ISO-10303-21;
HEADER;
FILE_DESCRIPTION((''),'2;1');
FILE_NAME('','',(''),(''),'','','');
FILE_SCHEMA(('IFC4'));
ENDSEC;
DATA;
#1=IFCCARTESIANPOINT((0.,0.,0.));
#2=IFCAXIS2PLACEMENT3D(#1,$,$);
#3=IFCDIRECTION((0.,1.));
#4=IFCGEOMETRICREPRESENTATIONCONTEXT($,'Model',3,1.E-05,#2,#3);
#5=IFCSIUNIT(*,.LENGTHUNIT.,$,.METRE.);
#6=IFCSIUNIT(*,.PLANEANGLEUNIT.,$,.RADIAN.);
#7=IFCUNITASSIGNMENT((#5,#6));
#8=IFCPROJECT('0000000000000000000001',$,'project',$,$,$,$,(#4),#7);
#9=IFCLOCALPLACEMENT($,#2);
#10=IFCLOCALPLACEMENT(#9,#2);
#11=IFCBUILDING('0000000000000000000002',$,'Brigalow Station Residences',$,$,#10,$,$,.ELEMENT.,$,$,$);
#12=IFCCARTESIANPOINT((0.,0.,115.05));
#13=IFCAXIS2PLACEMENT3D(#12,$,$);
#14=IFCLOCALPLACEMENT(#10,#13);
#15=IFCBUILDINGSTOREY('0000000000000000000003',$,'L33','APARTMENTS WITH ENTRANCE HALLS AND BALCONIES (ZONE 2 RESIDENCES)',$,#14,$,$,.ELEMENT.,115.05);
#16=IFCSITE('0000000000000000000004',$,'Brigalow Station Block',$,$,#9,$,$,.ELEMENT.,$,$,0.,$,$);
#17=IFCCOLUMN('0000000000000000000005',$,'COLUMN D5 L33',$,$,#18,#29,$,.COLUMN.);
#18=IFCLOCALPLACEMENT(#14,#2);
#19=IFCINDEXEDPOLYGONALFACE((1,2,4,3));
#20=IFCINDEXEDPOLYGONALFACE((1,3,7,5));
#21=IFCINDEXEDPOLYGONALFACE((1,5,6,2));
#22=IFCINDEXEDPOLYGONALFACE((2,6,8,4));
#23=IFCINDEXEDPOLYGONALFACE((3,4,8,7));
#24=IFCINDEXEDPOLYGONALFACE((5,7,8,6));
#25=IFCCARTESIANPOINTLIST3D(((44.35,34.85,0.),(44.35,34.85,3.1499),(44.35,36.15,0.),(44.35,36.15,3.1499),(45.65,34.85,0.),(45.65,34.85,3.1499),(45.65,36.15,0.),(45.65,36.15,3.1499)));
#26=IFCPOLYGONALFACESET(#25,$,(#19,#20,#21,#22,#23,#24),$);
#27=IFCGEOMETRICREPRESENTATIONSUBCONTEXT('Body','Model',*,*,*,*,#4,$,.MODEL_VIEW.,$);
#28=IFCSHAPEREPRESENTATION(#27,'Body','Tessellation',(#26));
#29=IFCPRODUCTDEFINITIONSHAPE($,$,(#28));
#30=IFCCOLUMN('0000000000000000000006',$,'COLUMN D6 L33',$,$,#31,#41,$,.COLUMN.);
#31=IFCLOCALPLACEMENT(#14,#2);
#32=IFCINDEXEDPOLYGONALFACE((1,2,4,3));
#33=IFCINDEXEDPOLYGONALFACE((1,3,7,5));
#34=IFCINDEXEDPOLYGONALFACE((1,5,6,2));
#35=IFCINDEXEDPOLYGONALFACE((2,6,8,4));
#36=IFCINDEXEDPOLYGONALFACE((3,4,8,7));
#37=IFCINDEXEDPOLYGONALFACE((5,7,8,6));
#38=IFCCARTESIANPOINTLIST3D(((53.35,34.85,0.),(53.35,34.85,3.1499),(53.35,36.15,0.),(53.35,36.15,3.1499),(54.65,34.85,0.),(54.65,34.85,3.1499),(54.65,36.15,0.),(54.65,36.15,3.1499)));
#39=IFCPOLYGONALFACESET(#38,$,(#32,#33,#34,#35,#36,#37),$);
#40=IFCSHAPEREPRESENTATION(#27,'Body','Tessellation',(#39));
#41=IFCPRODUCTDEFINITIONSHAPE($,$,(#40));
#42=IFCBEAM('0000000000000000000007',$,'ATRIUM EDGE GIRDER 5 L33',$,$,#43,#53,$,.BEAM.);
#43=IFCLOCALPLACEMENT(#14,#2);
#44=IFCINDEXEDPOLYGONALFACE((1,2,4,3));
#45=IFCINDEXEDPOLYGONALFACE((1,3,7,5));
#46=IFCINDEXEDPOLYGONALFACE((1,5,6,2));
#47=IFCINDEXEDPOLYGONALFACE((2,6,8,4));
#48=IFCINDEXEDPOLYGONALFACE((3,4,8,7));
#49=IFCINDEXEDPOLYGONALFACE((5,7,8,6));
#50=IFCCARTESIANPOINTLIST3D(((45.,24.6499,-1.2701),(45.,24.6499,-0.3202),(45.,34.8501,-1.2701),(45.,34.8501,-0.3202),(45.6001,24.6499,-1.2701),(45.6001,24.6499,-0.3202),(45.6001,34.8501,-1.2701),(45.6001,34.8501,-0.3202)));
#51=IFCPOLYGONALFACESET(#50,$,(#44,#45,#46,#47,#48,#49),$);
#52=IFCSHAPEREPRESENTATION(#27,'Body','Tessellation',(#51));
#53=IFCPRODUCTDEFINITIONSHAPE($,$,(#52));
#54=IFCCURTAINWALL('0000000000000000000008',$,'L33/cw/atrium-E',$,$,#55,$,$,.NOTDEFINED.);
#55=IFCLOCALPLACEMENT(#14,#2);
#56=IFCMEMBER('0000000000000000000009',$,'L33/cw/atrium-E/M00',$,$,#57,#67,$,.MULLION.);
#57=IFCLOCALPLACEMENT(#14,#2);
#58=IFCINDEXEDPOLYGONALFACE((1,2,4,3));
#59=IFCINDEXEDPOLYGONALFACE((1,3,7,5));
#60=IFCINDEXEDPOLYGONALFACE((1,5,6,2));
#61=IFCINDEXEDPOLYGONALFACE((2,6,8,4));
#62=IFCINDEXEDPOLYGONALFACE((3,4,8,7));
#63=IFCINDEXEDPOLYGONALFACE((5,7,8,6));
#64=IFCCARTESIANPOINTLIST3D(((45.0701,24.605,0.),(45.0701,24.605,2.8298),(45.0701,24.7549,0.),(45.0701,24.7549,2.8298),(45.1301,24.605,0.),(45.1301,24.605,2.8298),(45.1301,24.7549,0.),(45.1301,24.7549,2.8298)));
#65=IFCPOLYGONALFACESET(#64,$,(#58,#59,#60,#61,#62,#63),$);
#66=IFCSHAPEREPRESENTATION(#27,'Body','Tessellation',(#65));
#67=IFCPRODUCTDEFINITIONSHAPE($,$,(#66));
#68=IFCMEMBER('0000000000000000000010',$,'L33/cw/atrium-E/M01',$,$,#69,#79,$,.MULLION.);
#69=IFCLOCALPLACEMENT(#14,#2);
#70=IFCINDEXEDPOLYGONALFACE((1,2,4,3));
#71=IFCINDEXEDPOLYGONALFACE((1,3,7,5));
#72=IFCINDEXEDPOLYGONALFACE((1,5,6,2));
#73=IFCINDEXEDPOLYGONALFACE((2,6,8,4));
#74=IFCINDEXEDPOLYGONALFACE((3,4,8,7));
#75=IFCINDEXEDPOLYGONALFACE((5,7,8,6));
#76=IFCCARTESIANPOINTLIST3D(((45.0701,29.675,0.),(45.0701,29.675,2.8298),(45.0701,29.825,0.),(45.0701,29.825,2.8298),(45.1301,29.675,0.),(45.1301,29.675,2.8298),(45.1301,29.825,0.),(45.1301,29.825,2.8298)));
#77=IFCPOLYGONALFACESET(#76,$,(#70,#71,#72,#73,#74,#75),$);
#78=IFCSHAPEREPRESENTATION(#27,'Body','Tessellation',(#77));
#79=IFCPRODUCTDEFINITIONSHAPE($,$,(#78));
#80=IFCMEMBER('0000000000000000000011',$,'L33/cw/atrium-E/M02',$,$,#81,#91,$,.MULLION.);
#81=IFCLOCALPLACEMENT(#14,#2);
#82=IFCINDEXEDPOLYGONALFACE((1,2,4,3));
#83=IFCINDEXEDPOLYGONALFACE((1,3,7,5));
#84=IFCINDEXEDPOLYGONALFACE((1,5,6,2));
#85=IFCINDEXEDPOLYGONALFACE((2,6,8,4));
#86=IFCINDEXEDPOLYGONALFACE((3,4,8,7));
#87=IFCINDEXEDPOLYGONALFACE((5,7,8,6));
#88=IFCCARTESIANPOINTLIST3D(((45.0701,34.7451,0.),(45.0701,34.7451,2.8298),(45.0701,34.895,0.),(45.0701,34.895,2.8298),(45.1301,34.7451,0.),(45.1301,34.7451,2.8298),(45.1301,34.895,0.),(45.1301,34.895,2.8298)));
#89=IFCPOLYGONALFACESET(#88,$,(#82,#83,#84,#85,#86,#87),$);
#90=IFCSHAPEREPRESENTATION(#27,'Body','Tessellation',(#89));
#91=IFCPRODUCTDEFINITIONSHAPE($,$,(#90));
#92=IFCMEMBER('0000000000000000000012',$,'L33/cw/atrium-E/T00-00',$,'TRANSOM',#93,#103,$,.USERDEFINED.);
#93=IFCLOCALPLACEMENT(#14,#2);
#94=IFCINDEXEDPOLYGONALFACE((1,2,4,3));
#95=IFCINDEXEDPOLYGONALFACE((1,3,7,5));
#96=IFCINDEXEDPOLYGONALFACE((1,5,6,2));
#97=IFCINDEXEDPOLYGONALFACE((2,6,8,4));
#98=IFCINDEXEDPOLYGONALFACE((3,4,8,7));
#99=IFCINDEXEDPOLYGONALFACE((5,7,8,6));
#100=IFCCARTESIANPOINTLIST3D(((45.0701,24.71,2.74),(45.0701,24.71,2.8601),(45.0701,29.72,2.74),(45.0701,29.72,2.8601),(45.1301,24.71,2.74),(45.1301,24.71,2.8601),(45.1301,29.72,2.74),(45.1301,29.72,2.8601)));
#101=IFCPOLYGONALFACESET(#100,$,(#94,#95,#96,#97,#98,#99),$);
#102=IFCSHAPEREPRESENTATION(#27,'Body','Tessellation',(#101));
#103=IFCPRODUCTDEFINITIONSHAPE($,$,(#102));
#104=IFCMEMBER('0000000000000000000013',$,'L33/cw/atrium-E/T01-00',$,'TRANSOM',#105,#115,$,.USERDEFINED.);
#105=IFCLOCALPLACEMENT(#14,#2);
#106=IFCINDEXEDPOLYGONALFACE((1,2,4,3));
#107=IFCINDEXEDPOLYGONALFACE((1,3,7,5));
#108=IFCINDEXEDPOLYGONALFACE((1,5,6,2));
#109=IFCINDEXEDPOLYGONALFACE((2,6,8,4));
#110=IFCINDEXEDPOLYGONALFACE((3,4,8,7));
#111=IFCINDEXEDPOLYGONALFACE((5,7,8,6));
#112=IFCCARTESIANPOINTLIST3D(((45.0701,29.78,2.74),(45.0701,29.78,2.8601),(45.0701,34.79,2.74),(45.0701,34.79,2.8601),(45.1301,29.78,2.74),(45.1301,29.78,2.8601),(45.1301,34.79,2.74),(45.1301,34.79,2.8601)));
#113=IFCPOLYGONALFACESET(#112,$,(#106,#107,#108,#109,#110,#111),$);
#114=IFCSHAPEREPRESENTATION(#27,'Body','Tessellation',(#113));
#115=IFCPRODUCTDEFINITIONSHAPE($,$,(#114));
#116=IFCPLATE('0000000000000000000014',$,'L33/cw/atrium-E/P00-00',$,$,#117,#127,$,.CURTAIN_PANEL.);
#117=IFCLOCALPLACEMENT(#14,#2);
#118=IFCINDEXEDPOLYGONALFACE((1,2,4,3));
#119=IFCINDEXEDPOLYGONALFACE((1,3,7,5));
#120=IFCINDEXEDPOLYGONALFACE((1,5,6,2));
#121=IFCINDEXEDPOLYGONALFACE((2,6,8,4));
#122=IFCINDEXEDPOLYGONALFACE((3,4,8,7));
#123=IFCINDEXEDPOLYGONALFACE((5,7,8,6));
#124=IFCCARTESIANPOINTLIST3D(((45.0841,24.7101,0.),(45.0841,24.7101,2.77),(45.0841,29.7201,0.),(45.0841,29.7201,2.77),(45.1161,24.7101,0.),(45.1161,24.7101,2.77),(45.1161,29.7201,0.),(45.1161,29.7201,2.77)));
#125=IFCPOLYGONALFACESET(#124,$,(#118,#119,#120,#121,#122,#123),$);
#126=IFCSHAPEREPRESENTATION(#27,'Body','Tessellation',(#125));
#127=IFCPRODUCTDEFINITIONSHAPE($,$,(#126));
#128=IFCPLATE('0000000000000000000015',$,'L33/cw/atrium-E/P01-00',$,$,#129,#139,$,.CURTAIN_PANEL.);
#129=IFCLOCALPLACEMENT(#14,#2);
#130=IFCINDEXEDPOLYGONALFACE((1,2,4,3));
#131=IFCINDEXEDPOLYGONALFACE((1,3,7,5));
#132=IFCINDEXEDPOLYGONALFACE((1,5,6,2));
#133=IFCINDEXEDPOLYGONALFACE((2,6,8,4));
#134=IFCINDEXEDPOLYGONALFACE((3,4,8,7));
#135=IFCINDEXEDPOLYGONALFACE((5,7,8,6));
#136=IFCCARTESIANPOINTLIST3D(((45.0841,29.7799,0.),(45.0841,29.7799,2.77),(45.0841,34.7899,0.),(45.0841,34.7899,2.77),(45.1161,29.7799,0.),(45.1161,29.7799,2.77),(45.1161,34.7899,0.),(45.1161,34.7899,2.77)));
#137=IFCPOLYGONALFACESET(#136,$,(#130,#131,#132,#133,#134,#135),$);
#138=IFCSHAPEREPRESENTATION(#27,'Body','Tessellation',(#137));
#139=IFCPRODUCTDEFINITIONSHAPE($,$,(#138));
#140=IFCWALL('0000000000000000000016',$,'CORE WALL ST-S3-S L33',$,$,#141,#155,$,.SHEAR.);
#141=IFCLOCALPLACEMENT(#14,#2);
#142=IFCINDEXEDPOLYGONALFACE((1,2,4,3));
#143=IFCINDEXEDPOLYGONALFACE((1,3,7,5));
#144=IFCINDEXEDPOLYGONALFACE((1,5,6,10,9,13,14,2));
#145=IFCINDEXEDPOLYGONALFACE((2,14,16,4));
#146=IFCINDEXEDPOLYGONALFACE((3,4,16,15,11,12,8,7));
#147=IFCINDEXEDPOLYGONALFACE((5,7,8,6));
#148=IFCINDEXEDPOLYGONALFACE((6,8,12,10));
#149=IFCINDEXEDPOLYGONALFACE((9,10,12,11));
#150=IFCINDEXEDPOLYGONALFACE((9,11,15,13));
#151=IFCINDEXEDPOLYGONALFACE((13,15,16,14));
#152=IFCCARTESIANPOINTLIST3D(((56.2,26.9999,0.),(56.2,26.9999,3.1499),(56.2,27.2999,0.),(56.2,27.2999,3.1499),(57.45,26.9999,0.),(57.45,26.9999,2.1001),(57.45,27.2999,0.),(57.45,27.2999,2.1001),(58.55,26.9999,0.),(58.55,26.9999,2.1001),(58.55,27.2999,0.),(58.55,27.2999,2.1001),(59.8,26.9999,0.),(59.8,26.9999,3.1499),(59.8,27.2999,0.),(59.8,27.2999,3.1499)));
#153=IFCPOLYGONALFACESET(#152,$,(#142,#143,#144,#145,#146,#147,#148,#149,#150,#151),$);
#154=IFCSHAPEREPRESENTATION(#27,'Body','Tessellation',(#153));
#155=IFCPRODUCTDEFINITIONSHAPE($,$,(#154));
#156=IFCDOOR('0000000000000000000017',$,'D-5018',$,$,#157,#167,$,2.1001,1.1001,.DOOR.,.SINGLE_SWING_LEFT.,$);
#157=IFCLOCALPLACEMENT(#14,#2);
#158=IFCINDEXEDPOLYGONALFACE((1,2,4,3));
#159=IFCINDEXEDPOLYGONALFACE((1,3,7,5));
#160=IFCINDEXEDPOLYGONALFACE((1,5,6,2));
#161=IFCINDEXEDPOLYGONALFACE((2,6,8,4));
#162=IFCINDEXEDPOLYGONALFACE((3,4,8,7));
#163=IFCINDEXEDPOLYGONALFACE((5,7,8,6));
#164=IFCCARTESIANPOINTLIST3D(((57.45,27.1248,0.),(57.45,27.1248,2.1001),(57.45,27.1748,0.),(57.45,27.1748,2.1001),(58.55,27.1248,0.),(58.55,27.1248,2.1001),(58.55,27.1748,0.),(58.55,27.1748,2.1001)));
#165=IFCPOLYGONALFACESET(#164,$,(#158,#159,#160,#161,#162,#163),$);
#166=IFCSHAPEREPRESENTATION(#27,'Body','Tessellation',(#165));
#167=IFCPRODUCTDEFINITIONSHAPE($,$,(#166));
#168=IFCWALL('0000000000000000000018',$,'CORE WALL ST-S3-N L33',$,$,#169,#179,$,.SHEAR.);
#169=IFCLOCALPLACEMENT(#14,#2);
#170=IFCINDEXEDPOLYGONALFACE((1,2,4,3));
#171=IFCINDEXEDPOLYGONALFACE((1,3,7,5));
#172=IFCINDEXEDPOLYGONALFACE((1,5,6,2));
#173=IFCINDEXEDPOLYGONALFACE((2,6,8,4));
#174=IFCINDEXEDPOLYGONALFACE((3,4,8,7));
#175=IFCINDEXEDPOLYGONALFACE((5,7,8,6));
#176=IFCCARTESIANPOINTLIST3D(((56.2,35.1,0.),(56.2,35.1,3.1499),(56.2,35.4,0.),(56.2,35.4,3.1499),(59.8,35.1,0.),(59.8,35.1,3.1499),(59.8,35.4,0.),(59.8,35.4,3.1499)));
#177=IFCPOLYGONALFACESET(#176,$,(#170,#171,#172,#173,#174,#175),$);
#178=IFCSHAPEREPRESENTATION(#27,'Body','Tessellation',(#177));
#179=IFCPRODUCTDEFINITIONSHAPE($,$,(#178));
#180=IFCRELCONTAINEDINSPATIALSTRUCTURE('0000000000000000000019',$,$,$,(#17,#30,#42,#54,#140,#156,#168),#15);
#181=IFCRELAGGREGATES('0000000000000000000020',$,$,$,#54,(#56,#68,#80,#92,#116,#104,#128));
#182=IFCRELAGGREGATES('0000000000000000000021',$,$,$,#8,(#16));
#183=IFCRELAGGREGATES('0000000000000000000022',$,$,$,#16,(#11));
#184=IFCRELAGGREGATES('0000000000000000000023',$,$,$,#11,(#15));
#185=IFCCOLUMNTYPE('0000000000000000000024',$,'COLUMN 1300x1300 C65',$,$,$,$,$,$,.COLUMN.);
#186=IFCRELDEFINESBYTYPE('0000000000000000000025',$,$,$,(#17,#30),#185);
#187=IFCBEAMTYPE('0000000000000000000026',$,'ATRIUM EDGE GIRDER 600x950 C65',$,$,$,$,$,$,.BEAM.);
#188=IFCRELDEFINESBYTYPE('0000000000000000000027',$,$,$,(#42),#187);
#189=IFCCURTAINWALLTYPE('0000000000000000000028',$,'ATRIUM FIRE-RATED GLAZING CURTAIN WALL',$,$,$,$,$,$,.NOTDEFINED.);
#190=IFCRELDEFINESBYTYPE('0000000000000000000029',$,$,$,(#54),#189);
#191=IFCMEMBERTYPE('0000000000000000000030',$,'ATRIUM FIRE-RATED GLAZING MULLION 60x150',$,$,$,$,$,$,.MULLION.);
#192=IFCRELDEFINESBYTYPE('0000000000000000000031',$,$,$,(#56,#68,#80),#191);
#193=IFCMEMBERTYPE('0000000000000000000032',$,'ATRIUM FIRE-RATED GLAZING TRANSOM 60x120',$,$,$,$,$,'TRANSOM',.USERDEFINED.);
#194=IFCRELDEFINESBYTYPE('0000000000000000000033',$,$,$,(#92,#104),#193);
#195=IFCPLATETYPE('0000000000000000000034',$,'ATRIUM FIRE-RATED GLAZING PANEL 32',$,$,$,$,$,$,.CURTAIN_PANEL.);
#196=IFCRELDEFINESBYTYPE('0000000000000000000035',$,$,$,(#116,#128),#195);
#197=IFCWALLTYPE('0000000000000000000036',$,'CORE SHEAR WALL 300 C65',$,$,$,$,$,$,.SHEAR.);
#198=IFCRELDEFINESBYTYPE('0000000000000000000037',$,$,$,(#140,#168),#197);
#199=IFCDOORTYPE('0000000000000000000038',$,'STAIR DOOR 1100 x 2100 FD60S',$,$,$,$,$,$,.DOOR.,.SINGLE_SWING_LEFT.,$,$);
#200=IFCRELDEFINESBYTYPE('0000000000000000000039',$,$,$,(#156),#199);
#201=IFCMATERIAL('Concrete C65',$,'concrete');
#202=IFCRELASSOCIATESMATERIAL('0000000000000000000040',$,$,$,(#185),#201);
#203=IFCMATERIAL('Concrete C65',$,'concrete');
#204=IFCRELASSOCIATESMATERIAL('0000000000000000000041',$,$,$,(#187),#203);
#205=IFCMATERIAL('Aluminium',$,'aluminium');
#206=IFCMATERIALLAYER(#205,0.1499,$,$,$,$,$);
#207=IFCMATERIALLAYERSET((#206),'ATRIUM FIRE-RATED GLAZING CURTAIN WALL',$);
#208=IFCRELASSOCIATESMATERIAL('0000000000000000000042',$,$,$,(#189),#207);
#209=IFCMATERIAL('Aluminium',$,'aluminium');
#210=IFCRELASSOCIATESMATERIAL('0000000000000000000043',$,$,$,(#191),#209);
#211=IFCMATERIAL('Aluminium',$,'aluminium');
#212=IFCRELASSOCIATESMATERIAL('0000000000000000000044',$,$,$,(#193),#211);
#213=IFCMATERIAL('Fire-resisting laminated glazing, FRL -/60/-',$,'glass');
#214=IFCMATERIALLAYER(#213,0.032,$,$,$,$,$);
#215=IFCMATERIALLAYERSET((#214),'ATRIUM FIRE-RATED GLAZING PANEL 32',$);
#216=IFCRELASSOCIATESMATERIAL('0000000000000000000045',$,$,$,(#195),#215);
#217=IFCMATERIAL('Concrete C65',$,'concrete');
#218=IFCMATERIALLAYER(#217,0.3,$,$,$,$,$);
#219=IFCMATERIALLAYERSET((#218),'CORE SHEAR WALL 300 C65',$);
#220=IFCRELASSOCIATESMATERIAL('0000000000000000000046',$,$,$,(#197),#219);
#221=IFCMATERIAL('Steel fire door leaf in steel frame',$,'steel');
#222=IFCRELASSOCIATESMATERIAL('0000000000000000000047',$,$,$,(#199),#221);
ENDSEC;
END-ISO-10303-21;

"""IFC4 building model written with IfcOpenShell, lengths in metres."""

from ifc_helpers import new_model, si_unit, direction, frame, frame_2d, origin, origin_2d, place, context, subcontext, project, spatial, rectangle, extrude, material, layer, layer_set, material_profile, profile_set, type_object, element, fill, aggregate, save


model = new_model("IFC4")

# Units and contexts
model_context = context("Model", 3, precision=1e-05, world=origin(), true_north=direction((0.0, 1.0)))
body_context = subcontext(model_context, "Body", "Model", "MODEL_VIEW")
ifc_project = project(units=[si_unit("LENGTHUNIT", "METRE"), si_unit("PLANEANGLEUNIT", "RADIAN")], contexts=[model_context])

# Site, building, storey
site_placement = place(None, origin())
site = spatial("IfcSite", under=ifc_project, at=site_placement, Name="Brigalow Station Block", CompositionType="ELEMENT", RefElevation=0.0)
building_placement = place(site_placement, origin())
building = spatial("IfcBuilding", under=site, at=building_placement, Name="Brigalow Station Residences", CompositionType="ELEMENT")
storey_placement = place(building_placement, frame((0.0, 0.0, 115.05)))
storey = spatial("IfcBuildingStorey", under=building, at=storey_placement, Name="L33", Description="APARTMENTS WITH ENTRANCE HALLS AND BALCONIES (ZONE 2 RESIDENCES)", CompositionType="ELEMENT", Elevation=115.05)

# Columns
ifc_material_1 = material(Name="Concrete C65", Category="concrete")
ifc_material_profile_1 = material_profile(ifc_material_1, rectangle(XDim=1.3, YDim=1.3, at=origin_2d()), Name="RC1300x1300")
ifc_profile_set_1 = profile_set([ifc_material_profile_1], Name="Concrete C65")
column_type = type_object("IfcColumnType", Name="COLUMN 1300x1300 C65", PredefinedType="COLUMN", material=ifc_profile_set_1)
for number, where, z_axis, x_axis, name in (
    (1, (45.0, 35.5, 0.0), (0.0, 0.0, 1.0), (1.0, 0.0, 0.0), "COLUMN D5 L33"),
    (2, (54.0, 35.5, 0.0), (0.0, 0.0, 1.0), (1.0, 0.0, 0.0), "COLUMN D6 L33"),
):
    element("IfcColumn", number, at=place(storey_placement, frame(where, z_axis=z_axis, x_axis=x_axis)), inside=storey, type_object=column_type, Name=name, PredefinedType="COLUMN", context=body_context, shape_type="SweptSolid", body=[
        extrude(rectangle(XDim=1.3, YDim=1.3, at=origin_2d()), origin(), (0.0, 0.0, 1.0), 3.1499),
    ])

# Beam
ifc_material_2 = material(Name="Concrete C65", Category="concrete")
ifc_material_profile_2 = material_profile(ifc_material_2, rectangle(XDim=0.6001, YDim=0.95, at=origin_2d()), Name="RC600x950")
ifc_profile_set_2 = profile_set([ifc_material_profile_2], Name="Concrete C65")
beam_type = type_object("IfcBeamType", Name="ATRIUM EDGE GIRDER 600x950 C65", PredefinedType="BEAM", material=ifc_profile_set_2)
beam_placement = place(storey_placement, frame((45.3, 24.6499, -0.7952), z_axis=(0.0, 1.0, 0.0), x_axis=(-1.0, 0.0, 0.0)))
element("IfcBeam", 3, at=beam_placement, inside=storey, type_object=beam_type, Name="ATRIUM EDGE GIRDER 5 L33", PredefinedType="BEAM", context=body_context, shape_type="SweptSolid", body=[
    extrude(rectangle(XDim=0.6001, YDim=0.95, at=origin_2d()), origin(), (0.0, 0.0, 1.0), 10.2002),
])

# Curtain wall, members, plates
ifc_material_3 = material(Name="Aluminium", Category="aluminium")
ifc_layer_1 = layer(ifc_material_3, 0.1499)
ifc_layer_set_1 = layer_set([ifc_layer_1], Name="ATRIUM FIRE-RATED GLAZING CURTAIN WALL")
curtain_wall_type = type_object("IfcCurtainWallType", Name="ATRIUM FIRE-RATED GLAZING CURTAIN WALL", PredefinedType="NOTDEFINED", material=ifc_layer_set_1)
curtain_wall_placement = place(storey_placement, origin())
curtain_wall = element("IfcCurtainWall", 4, at=curtain_wall_placement, inside=storey, type_object=curtain_wall_type, Name="L33/cw/atrium-E", PredefinedType="NOTDEFINED")
ifc_material_4 = material(Name="Aluminium", Category="aluminium")
ifc_material_profile_3 = material_profile(ifc_material_4, rectangle(XDim=0.0601, YDim=0.1499, at=origin_2d()), Name="ATRIUM FIRE-RATED GLAZING MULLION 60x150")
ifc_profile_set_3 = profile_set([ifc_material_profile_3], Name="Aluminium")
member_type_1 = type_object("IfcMemberType", Name="ATRIUM FIRE-RATED GLAZING MULLION 60x150", PredefinedType="MULLION", material=ifc_profile_set_3)
member_1_placement = place(storey_placement, frame((45.1001, 24.6799, 0.0), z_axis=(0.0, 0.0, 1.0), x_axis=(-1.0, 0.0, 0.0)))
member_1 = element("IfcMember", 5, at=member_1_placement, type_object=member_type_1, Name="L33/cw/atrium-E/M00", PredefinedType="MULLION", context=body_context, shape_type="SweptSolid", body=[
    extrude(rectangle(XDim=0.0601, YDim=0.1499, at=origin_2d()), origin(), (0.0, 0.0, 1.0), 2.8298),
])
member_2_placement = place(storey_placement, frame((45.1001, 29.75, 0.0), z_axis=(0.0, 0.0, 1.0), x_axis=(-1.0, 0.0, 0.0)))
member_2 = element("IfcMember", 6, at=member_2_placement, type_object=member_type_1, Name="L33/cw/atrium-E/M01", PredefinedType="MULLION", context=body_context, shape_type="SweptSolid", body=[
    extrude(rectangle(XDim=0.0601, YDim=0.1499, at=origin_2d()), origin(), (0.0, 0.0, 1.0), 2.8298),
])
member_3_placement = place(storey_placement, frame((45.1001, 34.8201, 0.0), z_axis=(0.0, 0.0, 1.0), x_axis=(-1.0, 0.0, 0.0)))
member_3 = element("IfcMember", 7, at=member_3_placement, type_object=member_type_1, Name="L33/cw/atrium-E/M02", PredefinedType="MULLION", context=body_context, shape_type="SweptSolid", body=[
    extrude(rectangle(XDim=0.0601, YDim=0.1499, at=origin_2d()), origin(), (0.0, 0.0, 1.0), 2.8298),
])
ifc_material_5 = material(Name="Aluminium", Category="aluminium")
ifc_material_profile_4 = material_profile(ifc_material_5, rectangle(XDim=0.0601, YDim=0.1201, at=origin_2d()), Name="ATRIUM FIRE-RATED GLAZING TRANSOM 60x120")
ifc_profile_set_4 = profile_set([ifc_material_profile_4], Name="Aluminium")
member_type_2 = type_object("IfcMemberType", Name="ATRIUM FIRE-RATED GLAZING TRANSOM 60x120", ElementType="TRANSOM", PredefinedType="USERDEFINED", material=ifc_profile_set_4)
member_4_placement = place(storey_placement, frame((45.1001, 24.71, 2.8), z_axis=(0.0, 1.0, 0.0), x_axis=(-1.0, 0.0, 0.0)))
member_4 = element("IfcMember", 8, at=member_4_placement, type_object=member_type_2, Name="L33/cw/atrium-E/T00-00", ObjectType="TRANSOM", PredefinedType="USERDEFINED", context=body_context, shape_type="SweptSolid", body=[
    extrude(rectangle(XDim=0.0601, YDim=0.1201, at=origin_2d()), origin(), (0.0, 0.0, 1.0), 5.01),
])
member_5_placement = place(storey_placement, frame((45.1001, 29.78, 2.8), z_axis=(0.0, 1.0, 0.0), x_axis=(-1.0, 0.0, 0.0)))
member_5 = element("IfcMember", 9, at=member_5_placement, type_object=member_type_2, Name="L33/cw/atrium-E/T01-00", ObjectType="TRANSOM", PredefinedType="USERDEFINED", context=body_context, shape_type="SweptSolid", body=[
    extrude(rectangle(XDim=0.0601, YDim=0.1201, at=origin_2d()), origin(), (0.0, 0.0, 1.0), 5.01),
])
ifc_material_6 = material(Name="Fire-resisting laminated glazing, FRL -/60/-", Category="glass")
ifc_layer_2 = layer(ifc_material_6, 0.032)
ifc_layer_set_2 = layer_set([ifc_layer_2], Name="ATRIUM FIRE-RATED GLAZING PANEL 32")
plate_type = type_object("IfcPlateType", Name="ATRIUM FIRE-RATED GLAZING PANEL 32", PredefinedType="CURTAIN_PANEL", material=ifc_layer_set_2)
plate_1_placement = place(storey_placement, frame((45.1001, 27.2151, 0.0), z_axis=(0.0, 0.0, 1.0), x_axis=(0.0, 1.0, 0.0)))
plate_1 = element("IfcPlate", 10, at=plate_1_placement, type_object=plate_type, Name="L33/cw/atrium-E/P00-00", PredefinedType="CURTAIN_PANEL", context=body_context, shape_type="SweptSolid", body=[
    extrude(rectangle(XDim=5.01, YDim=0.032, at=origin_2d()), origin(), (0.0, 0.0, 1.0), 2.77),
])
plate_2_placement = place(storey_placement, frame((45.1001, 32.2849, 0.0), z_axis=(0.0, 0.0, 1.0), x_axis=(0.0, 1.0, 0.0)))
plate_2 = element("IfcPlate", 11, at=plate_2_placement, type_object=plate_type, Name="L33/cw/atrium-E/P01-00", PredefinedType="CURTAIN_PANEL", context=body_context, shape_type="SweptSolid", body=[
    extrude(rectangle(XDim=5.01, YDim=0.032, at=origin_2d()), origin(), (0.0, 0.0, 1.0), 2.77),
])
aggregate(curtain_wall, [member_1, member_2, member_3, member_4, plate_1, member_5, plate_2])

# Wall, opening, door
ifc_material_7 = material(Name="Concrete C65", Category="concrete")
ifc_layer_3 = layer(ifc_material_7, 0.3)
ifc_layer_set_3 = layer_set([ifc_layer_3], Name="CORE SHEAR WALL 300 C65")
wall_type_1 = type_object("IfcWallType", Name="CORE SHEAR WALL 300 C65", PredefinedType="SHEAR", material=ifc_layer_set_3)
wall_1_placement = place(storey_placement, frame((56.2, 27.1499, 0.0), z_axis=(0.0, 0.0, 1.0), x_axis=(1.0, 0.0, 0.0)))
wall_1 = element("IfcWall", 12, at=wall_1_placement, inside=storey, type_object=wall_type_1, Name="CORE WALL ST-S3-S L33", PredefinedType="SHEAR", context=body_context, shape_type="SweptSolid", body=[
    extrude(rectangle(XDim=3.6001, YDim=0.3, at=frame_2d((1.8, 0.0))), origin(), (0.0, 0.0, 1.0), 3.1499),
])
opening_1_placement = place(wall_1_placement, frame((1.25, 0.0, 0.0)))
opening_1 = element("IfcOpeningElement", 13, at=opening_1_placement, cuts=wall_1, PredefinedType="OPENING", context=body_context, shape_type="SweptSolid", body=[
    extrude(rectangle(XDim=1.1001, YDim=2.1001, at=frame_2d((0.55, 1.05))), frame((0.0, 0.1602, 0.0), z_axis=(0.0, -1.0, 0.0), x_axis=(1.0, 0.0, 0.0)), (0.0, 0.0, 1.0), 0.3201),
])
ifc_material_8 = material(Name="Steel fire door leaf in steel frame", Category="steel")
door_type_1 = type_object("IfcDoorType", Name="STAIR DOOR 1100 x 2100 FD60S", OperationType="SINGLE_SWING_LEFT", PredefinedType="DOOR", material=ifc_material_8)
door_1_placement = place(opening_1_placement, origin())
door_1 = element("IfcDoor", 14, at=door_1_placement, inside=storey, type_object=door_type_1, Name="D-5018", OperationType="SINGLE_SWING_LEFT", OverallHeight=2.1001, OverallWidth=1.1001, PredefinedType="DOOR", context=body_context, shape_type="SweptSolid", body=[
    extrude(rectangle(XDim=1.1001, YDim=2.1001, at=frame_2d((0.55, 1.05))), frame((0.0, 0.0249, 0.0), z_axis=(0.0, -1.0, 0.0), x_axis=(1.0, 0.0, 0.0)), (0.0, 0.0, 1.0), 0.05),
])
fill(opening_1, door_1)

# Wall
wall_2_placement = place(storey_placement, frame((56.2, 35.25, 0.0), z_axis=(0.0, 0.0, 1.0), x_axis=(1.0, 0.0, 0.0)))
element("IfcWall", 15, at=wall_2_placement, inside=storey, type_object=wall_type_1, Name="CORE WALL ST-S3-N L33", PredefinedType="SHEAR", context=body_context, shape_type="SweptSolid", body=[
    extrude(rectangle(XDim=3.6001, YDim=0.3, at=frame_2d((1.8, 0.0))), origin(), (0.0, 0.0, 1.0), 3.1499),
])

save(model, "model.ifc")
